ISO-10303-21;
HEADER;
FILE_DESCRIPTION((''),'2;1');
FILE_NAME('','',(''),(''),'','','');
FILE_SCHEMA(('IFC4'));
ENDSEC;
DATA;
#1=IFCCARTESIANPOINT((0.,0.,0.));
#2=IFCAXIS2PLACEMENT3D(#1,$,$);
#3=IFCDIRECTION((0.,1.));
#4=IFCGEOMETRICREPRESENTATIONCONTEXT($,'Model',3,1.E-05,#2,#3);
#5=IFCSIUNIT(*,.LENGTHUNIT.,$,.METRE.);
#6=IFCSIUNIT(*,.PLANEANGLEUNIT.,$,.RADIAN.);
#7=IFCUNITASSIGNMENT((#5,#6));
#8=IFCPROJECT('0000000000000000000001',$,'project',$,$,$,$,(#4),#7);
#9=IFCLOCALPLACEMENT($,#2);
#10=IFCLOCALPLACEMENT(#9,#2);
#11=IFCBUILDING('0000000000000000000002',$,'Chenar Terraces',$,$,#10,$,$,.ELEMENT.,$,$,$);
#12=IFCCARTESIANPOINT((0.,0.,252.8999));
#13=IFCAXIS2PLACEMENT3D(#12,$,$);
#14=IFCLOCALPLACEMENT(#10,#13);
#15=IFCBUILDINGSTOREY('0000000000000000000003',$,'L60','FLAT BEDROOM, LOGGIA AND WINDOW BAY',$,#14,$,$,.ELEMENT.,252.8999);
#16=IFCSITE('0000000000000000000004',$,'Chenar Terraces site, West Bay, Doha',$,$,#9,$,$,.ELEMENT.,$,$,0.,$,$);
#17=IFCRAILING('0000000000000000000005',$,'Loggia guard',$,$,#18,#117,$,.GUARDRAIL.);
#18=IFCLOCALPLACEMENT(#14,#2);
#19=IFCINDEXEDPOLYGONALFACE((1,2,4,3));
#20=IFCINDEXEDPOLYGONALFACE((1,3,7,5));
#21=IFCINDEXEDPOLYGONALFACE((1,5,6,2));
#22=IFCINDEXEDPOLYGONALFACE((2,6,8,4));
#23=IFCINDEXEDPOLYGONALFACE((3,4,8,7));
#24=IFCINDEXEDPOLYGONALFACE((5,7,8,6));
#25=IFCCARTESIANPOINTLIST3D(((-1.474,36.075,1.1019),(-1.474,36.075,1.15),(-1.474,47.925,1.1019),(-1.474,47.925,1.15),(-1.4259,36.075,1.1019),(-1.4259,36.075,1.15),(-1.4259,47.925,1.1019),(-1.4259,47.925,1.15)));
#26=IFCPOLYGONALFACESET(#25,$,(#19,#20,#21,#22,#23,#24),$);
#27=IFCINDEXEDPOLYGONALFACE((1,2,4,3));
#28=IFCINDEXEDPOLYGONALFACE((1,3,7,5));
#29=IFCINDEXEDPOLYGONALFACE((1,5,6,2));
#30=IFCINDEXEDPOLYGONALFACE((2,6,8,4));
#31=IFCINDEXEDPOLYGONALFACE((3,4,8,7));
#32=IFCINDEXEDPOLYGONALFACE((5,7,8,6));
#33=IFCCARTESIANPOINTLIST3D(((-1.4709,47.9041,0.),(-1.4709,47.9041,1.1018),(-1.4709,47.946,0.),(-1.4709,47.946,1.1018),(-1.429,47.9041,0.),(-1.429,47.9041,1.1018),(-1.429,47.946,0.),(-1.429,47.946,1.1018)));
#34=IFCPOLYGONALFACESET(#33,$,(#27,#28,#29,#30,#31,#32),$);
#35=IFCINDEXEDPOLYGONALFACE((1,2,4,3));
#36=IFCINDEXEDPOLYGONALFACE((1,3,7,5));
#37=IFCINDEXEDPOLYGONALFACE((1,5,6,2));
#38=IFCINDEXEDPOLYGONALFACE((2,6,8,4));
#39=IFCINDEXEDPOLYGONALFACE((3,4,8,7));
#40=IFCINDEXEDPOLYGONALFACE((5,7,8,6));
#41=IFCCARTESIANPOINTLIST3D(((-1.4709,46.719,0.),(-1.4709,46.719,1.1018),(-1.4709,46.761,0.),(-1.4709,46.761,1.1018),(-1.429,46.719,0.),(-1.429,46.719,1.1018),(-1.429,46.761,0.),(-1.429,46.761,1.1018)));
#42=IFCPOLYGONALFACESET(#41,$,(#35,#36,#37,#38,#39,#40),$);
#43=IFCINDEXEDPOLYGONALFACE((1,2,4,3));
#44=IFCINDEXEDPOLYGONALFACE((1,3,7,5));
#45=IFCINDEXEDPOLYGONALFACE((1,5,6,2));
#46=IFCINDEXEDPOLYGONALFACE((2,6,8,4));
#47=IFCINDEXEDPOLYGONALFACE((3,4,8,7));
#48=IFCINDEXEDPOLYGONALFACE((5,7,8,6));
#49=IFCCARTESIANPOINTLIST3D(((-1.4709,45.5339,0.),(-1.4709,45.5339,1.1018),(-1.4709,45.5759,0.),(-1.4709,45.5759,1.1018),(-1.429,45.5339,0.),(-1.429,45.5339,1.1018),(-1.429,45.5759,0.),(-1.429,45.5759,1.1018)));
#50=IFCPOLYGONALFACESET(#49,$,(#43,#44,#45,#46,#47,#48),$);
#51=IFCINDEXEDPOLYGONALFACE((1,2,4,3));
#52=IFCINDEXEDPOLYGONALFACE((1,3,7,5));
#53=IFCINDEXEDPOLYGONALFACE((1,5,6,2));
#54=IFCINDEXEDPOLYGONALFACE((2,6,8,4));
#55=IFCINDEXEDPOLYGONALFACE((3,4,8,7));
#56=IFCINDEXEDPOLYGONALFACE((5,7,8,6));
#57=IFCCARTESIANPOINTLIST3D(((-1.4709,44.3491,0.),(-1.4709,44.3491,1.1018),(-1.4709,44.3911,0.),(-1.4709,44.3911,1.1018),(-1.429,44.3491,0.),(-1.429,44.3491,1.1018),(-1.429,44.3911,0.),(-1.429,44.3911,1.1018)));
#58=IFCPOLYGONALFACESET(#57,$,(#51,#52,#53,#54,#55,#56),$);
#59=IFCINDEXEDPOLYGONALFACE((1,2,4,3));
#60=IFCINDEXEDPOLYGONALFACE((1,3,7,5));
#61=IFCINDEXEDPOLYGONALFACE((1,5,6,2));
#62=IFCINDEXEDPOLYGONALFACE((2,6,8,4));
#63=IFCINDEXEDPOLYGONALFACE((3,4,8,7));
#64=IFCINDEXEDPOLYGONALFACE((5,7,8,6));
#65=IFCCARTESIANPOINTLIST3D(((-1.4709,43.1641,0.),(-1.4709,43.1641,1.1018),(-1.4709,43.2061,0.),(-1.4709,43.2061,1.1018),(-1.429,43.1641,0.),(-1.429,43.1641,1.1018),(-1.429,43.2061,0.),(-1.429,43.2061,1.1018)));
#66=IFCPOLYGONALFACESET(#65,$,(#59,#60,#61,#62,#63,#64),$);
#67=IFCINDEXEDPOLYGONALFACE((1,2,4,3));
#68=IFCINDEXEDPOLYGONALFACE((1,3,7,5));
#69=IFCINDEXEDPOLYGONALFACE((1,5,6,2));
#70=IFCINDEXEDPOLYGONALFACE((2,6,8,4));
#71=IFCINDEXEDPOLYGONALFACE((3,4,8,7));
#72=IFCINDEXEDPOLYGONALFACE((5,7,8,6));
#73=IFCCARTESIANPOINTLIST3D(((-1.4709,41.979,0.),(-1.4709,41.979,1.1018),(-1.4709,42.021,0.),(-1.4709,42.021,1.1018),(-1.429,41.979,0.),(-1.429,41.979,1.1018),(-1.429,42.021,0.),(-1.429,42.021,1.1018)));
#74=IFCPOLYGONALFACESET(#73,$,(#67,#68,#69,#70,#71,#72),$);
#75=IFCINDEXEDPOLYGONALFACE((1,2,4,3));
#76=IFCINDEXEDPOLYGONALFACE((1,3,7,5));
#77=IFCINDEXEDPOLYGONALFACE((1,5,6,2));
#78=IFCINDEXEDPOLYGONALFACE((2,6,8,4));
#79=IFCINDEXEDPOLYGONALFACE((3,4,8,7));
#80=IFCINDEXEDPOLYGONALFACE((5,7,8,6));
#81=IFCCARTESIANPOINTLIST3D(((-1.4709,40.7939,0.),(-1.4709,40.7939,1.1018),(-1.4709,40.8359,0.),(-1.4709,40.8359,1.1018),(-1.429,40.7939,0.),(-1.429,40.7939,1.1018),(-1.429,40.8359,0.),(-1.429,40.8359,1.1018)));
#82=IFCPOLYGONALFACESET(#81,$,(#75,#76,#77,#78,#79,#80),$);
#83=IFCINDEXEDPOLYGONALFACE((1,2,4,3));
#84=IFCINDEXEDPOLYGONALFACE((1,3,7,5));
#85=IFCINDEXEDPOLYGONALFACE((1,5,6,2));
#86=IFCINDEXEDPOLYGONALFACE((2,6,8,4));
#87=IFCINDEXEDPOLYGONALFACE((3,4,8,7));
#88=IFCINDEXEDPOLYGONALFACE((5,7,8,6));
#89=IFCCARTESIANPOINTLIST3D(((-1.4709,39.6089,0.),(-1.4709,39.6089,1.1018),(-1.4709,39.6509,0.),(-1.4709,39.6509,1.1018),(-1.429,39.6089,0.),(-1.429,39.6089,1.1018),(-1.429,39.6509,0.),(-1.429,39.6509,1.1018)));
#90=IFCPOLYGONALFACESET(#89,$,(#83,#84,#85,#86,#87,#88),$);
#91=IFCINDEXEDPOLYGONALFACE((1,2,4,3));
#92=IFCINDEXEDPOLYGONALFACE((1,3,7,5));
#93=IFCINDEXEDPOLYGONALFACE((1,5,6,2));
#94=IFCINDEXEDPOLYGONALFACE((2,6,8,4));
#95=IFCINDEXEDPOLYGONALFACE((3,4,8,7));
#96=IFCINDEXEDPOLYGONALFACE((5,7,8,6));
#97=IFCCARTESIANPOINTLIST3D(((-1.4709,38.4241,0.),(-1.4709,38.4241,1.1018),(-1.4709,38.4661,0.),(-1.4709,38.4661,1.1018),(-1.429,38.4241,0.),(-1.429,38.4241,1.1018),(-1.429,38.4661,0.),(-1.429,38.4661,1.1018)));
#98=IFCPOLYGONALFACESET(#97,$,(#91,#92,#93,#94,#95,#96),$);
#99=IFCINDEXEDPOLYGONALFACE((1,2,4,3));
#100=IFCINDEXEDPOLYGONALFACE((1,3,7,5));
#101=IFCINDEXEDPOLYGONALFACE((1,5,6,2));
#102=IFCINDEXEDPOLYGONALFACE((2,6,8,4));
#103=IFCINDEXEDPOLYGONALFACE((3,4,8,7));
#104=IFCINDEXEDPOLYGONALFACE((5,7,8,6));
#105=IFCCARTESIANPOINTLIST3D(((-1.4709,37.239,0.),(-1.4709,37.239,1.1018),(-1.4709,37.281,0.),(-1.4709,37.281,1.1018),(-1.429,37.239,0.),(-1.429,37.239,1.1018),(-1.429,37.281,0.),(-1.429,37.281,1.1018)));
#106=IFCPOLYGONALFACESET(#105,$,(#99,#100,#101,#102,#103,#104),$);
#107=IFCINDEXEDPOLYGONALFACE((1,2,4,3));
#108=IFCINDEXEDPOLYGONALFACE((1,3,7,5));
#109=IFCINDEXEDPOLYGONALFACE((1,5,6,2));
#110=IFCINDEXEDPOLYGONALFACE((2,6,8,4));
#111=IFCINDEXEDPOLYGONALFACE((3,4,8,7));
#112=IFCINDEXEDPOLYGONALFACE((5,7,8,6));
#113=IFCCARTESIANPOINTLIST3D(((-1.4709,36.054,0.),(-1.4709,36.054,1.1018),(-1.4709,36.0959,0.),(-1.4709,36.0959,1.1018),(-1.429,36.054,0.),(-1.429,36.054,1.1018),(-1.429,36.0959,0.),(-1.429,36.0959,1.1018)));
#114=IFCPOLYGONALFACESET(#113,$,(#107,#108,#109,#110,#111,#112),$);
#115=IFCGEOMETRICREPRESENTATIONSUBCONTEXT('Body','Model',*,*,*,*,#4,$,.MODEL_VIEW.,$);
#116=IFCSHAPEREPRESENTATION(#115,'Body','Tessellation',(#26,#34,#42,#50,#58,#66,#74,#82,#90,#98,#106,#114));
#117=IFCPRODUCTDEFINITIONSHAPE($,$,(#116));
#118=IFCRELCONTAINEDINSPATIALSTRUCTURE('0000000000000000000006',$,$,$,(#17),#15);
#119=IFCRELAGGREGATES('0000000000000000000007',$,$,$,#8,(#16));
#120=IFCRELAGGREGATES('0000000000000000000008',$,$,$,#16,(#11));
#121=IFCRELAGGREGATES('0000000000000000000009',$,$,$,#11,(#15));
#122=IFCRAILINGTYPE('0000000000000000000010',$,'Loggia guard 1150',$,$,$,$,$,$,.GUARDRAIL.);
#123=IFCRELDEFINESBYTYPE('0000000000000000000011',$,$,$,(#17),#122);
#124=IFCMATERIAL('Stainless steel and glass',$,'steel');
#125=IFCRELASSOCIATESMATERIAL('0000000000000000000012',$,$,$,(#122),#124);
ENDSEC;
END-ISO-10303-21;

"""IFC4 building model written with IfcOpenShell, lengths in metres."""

from ifc_helpers import new_model, si_unit, direction, frame, origin, origin_2d, place, context, subcontext, project, spatial, rectangle, extrude, material, type_object, element, save


model = new_model("IFC4")

# Units and contexts
model_context = context("Model", 3, precision=1e-05, world=origin(), true_north=direction((0.0, 1.0)))
body_context = subcontext(model_context, "Body", "Model", "MODEL_VIEW")
ifc_project = project(units=[si_unit("LENGTHUNIT", "METRE"), si_unit("PLANEANGLEUNIT", "RADIAN")], contexts=[model_context])

# Site, building, storey
site_placement = place(None, origin())
site = spatial("IfcSite", under=ifc_project, at=site_placement, Name="Chenar Terraces site, West Bay, Doha", CompositionType="ELEMENT", RefElevation=0.0)
building_placement = place(site_placement, origin())
building = spatial("IfcBuilding", under=site, at=building_placement, Name="Chenar Terraces", CompositionType="ELEMENT")
storey_placement = place(building_placement, frame((0.0, 0.0, 252.8999)))
storey = spatial("IfcBuildingStorey", under=building, at=storey_placement, Name="L60", Description="FLAT BEDROOM, LOGGIA AND WINDOW BAY", CompositionType="ELEMENT", Elevation=252.8999)

# Railing
ifc_material_1 = material(Name="Stainless steel and glass", Category="steel")
railing_type = type_object("IfcRailingType", Name="Loggia guard 1150", PredefinedType="GUARDRAIL", material=ifc_material_1)
railing_placement = place(storey_placement, frame((-1.45, 47.925, 0.0)))
element("IfcRailing", 1, at=railing_placement, inside=storey, type_object=railing_type, Name="Loggia guard", PredefinedType="GUARDRAIL", context=body_context, shape_type="SweptSolid", body=[
    extrude(rectangle(XDim=0.0481, YDim=0.0481, at=origin_2d()), frame((0.0, 0.0, 1.126), z_axis=(0.0, -1.0, 0.0), x_axis=(1.0, 0.0, 0.0)), (0.0, 0.0, 1.0), 11.8501),
    extrude(rectangle(XDim=0.042, YDim=0.042, at=origin_2d()), origin(), (0.0, 0.0, 1.0), 1.1018),
    extrude(rectangle(XDim=0.042, YDim=0.042, at=origin_2d()), frame((0.0, -1.1851, 0.0)), (0.0, 0.0, 1.0), 1.1018),
    extrude(rectangle(XDim=0.042, YDim=0.042, at=origin_2d()), frame((0.0, -2.3701, 0.0)), (0.0, 0.0, 1.0), 1.1018),
    extrude(rectangle(XDim=0.042, YDim=0.042, at=origin_2d()), frame((0.0, -3.5549, 0.0)), (0.0, 0.0, 1.0), 1.1018),
    extrude(rectangle(XDim=0.042, YDim=0.042, at=origin_2d()), frame((0.0, -4.74, 0.0)), (0.0, 0.0, 1.0), 1.1018),
    extrude(rectangle(XDim=0.042, YDim=0.042, at=origin_2d()), frame((0.0, -5.925, 0.0)), (0.0, 0.0, 1.0), 1.1018),
    extrude(rectangle(XDim=0.042, YDim=0.042, at=origin_2d()), frame((0.0, -7.1101, 0.0)), (0.0, 0.0, 1.0), 1.1018),
    extrude(rectangle(XDim=0.042, YDim=0.042, at=origin_2d()), frame((0.0, -8.2952, 0.0)), (0.0, 0.0, 1.0), 1.1018),
    extrude(rectangle(XDim=0.042, YDim=0.042, at=origin_2d()), frame((0.0, -9.48, 0.0)), (0.0, 0.0, 1.0), 1.1018),
    extrude(rectangle(XDim=0.042, YDim=0.042, at=origin_2d()), frame((0.0, -10.665, 0.0)), (0.0, 0.0, 1.0), 1.1018),
    extrude(rectangle(XDim=0.042, YDim=0.042, at=origin_2d()), frame((0.0, -11.8501, 0.0)), (0.0, 0.0, 1.0), 1.1018),
])

save(model, "model.ifc")
